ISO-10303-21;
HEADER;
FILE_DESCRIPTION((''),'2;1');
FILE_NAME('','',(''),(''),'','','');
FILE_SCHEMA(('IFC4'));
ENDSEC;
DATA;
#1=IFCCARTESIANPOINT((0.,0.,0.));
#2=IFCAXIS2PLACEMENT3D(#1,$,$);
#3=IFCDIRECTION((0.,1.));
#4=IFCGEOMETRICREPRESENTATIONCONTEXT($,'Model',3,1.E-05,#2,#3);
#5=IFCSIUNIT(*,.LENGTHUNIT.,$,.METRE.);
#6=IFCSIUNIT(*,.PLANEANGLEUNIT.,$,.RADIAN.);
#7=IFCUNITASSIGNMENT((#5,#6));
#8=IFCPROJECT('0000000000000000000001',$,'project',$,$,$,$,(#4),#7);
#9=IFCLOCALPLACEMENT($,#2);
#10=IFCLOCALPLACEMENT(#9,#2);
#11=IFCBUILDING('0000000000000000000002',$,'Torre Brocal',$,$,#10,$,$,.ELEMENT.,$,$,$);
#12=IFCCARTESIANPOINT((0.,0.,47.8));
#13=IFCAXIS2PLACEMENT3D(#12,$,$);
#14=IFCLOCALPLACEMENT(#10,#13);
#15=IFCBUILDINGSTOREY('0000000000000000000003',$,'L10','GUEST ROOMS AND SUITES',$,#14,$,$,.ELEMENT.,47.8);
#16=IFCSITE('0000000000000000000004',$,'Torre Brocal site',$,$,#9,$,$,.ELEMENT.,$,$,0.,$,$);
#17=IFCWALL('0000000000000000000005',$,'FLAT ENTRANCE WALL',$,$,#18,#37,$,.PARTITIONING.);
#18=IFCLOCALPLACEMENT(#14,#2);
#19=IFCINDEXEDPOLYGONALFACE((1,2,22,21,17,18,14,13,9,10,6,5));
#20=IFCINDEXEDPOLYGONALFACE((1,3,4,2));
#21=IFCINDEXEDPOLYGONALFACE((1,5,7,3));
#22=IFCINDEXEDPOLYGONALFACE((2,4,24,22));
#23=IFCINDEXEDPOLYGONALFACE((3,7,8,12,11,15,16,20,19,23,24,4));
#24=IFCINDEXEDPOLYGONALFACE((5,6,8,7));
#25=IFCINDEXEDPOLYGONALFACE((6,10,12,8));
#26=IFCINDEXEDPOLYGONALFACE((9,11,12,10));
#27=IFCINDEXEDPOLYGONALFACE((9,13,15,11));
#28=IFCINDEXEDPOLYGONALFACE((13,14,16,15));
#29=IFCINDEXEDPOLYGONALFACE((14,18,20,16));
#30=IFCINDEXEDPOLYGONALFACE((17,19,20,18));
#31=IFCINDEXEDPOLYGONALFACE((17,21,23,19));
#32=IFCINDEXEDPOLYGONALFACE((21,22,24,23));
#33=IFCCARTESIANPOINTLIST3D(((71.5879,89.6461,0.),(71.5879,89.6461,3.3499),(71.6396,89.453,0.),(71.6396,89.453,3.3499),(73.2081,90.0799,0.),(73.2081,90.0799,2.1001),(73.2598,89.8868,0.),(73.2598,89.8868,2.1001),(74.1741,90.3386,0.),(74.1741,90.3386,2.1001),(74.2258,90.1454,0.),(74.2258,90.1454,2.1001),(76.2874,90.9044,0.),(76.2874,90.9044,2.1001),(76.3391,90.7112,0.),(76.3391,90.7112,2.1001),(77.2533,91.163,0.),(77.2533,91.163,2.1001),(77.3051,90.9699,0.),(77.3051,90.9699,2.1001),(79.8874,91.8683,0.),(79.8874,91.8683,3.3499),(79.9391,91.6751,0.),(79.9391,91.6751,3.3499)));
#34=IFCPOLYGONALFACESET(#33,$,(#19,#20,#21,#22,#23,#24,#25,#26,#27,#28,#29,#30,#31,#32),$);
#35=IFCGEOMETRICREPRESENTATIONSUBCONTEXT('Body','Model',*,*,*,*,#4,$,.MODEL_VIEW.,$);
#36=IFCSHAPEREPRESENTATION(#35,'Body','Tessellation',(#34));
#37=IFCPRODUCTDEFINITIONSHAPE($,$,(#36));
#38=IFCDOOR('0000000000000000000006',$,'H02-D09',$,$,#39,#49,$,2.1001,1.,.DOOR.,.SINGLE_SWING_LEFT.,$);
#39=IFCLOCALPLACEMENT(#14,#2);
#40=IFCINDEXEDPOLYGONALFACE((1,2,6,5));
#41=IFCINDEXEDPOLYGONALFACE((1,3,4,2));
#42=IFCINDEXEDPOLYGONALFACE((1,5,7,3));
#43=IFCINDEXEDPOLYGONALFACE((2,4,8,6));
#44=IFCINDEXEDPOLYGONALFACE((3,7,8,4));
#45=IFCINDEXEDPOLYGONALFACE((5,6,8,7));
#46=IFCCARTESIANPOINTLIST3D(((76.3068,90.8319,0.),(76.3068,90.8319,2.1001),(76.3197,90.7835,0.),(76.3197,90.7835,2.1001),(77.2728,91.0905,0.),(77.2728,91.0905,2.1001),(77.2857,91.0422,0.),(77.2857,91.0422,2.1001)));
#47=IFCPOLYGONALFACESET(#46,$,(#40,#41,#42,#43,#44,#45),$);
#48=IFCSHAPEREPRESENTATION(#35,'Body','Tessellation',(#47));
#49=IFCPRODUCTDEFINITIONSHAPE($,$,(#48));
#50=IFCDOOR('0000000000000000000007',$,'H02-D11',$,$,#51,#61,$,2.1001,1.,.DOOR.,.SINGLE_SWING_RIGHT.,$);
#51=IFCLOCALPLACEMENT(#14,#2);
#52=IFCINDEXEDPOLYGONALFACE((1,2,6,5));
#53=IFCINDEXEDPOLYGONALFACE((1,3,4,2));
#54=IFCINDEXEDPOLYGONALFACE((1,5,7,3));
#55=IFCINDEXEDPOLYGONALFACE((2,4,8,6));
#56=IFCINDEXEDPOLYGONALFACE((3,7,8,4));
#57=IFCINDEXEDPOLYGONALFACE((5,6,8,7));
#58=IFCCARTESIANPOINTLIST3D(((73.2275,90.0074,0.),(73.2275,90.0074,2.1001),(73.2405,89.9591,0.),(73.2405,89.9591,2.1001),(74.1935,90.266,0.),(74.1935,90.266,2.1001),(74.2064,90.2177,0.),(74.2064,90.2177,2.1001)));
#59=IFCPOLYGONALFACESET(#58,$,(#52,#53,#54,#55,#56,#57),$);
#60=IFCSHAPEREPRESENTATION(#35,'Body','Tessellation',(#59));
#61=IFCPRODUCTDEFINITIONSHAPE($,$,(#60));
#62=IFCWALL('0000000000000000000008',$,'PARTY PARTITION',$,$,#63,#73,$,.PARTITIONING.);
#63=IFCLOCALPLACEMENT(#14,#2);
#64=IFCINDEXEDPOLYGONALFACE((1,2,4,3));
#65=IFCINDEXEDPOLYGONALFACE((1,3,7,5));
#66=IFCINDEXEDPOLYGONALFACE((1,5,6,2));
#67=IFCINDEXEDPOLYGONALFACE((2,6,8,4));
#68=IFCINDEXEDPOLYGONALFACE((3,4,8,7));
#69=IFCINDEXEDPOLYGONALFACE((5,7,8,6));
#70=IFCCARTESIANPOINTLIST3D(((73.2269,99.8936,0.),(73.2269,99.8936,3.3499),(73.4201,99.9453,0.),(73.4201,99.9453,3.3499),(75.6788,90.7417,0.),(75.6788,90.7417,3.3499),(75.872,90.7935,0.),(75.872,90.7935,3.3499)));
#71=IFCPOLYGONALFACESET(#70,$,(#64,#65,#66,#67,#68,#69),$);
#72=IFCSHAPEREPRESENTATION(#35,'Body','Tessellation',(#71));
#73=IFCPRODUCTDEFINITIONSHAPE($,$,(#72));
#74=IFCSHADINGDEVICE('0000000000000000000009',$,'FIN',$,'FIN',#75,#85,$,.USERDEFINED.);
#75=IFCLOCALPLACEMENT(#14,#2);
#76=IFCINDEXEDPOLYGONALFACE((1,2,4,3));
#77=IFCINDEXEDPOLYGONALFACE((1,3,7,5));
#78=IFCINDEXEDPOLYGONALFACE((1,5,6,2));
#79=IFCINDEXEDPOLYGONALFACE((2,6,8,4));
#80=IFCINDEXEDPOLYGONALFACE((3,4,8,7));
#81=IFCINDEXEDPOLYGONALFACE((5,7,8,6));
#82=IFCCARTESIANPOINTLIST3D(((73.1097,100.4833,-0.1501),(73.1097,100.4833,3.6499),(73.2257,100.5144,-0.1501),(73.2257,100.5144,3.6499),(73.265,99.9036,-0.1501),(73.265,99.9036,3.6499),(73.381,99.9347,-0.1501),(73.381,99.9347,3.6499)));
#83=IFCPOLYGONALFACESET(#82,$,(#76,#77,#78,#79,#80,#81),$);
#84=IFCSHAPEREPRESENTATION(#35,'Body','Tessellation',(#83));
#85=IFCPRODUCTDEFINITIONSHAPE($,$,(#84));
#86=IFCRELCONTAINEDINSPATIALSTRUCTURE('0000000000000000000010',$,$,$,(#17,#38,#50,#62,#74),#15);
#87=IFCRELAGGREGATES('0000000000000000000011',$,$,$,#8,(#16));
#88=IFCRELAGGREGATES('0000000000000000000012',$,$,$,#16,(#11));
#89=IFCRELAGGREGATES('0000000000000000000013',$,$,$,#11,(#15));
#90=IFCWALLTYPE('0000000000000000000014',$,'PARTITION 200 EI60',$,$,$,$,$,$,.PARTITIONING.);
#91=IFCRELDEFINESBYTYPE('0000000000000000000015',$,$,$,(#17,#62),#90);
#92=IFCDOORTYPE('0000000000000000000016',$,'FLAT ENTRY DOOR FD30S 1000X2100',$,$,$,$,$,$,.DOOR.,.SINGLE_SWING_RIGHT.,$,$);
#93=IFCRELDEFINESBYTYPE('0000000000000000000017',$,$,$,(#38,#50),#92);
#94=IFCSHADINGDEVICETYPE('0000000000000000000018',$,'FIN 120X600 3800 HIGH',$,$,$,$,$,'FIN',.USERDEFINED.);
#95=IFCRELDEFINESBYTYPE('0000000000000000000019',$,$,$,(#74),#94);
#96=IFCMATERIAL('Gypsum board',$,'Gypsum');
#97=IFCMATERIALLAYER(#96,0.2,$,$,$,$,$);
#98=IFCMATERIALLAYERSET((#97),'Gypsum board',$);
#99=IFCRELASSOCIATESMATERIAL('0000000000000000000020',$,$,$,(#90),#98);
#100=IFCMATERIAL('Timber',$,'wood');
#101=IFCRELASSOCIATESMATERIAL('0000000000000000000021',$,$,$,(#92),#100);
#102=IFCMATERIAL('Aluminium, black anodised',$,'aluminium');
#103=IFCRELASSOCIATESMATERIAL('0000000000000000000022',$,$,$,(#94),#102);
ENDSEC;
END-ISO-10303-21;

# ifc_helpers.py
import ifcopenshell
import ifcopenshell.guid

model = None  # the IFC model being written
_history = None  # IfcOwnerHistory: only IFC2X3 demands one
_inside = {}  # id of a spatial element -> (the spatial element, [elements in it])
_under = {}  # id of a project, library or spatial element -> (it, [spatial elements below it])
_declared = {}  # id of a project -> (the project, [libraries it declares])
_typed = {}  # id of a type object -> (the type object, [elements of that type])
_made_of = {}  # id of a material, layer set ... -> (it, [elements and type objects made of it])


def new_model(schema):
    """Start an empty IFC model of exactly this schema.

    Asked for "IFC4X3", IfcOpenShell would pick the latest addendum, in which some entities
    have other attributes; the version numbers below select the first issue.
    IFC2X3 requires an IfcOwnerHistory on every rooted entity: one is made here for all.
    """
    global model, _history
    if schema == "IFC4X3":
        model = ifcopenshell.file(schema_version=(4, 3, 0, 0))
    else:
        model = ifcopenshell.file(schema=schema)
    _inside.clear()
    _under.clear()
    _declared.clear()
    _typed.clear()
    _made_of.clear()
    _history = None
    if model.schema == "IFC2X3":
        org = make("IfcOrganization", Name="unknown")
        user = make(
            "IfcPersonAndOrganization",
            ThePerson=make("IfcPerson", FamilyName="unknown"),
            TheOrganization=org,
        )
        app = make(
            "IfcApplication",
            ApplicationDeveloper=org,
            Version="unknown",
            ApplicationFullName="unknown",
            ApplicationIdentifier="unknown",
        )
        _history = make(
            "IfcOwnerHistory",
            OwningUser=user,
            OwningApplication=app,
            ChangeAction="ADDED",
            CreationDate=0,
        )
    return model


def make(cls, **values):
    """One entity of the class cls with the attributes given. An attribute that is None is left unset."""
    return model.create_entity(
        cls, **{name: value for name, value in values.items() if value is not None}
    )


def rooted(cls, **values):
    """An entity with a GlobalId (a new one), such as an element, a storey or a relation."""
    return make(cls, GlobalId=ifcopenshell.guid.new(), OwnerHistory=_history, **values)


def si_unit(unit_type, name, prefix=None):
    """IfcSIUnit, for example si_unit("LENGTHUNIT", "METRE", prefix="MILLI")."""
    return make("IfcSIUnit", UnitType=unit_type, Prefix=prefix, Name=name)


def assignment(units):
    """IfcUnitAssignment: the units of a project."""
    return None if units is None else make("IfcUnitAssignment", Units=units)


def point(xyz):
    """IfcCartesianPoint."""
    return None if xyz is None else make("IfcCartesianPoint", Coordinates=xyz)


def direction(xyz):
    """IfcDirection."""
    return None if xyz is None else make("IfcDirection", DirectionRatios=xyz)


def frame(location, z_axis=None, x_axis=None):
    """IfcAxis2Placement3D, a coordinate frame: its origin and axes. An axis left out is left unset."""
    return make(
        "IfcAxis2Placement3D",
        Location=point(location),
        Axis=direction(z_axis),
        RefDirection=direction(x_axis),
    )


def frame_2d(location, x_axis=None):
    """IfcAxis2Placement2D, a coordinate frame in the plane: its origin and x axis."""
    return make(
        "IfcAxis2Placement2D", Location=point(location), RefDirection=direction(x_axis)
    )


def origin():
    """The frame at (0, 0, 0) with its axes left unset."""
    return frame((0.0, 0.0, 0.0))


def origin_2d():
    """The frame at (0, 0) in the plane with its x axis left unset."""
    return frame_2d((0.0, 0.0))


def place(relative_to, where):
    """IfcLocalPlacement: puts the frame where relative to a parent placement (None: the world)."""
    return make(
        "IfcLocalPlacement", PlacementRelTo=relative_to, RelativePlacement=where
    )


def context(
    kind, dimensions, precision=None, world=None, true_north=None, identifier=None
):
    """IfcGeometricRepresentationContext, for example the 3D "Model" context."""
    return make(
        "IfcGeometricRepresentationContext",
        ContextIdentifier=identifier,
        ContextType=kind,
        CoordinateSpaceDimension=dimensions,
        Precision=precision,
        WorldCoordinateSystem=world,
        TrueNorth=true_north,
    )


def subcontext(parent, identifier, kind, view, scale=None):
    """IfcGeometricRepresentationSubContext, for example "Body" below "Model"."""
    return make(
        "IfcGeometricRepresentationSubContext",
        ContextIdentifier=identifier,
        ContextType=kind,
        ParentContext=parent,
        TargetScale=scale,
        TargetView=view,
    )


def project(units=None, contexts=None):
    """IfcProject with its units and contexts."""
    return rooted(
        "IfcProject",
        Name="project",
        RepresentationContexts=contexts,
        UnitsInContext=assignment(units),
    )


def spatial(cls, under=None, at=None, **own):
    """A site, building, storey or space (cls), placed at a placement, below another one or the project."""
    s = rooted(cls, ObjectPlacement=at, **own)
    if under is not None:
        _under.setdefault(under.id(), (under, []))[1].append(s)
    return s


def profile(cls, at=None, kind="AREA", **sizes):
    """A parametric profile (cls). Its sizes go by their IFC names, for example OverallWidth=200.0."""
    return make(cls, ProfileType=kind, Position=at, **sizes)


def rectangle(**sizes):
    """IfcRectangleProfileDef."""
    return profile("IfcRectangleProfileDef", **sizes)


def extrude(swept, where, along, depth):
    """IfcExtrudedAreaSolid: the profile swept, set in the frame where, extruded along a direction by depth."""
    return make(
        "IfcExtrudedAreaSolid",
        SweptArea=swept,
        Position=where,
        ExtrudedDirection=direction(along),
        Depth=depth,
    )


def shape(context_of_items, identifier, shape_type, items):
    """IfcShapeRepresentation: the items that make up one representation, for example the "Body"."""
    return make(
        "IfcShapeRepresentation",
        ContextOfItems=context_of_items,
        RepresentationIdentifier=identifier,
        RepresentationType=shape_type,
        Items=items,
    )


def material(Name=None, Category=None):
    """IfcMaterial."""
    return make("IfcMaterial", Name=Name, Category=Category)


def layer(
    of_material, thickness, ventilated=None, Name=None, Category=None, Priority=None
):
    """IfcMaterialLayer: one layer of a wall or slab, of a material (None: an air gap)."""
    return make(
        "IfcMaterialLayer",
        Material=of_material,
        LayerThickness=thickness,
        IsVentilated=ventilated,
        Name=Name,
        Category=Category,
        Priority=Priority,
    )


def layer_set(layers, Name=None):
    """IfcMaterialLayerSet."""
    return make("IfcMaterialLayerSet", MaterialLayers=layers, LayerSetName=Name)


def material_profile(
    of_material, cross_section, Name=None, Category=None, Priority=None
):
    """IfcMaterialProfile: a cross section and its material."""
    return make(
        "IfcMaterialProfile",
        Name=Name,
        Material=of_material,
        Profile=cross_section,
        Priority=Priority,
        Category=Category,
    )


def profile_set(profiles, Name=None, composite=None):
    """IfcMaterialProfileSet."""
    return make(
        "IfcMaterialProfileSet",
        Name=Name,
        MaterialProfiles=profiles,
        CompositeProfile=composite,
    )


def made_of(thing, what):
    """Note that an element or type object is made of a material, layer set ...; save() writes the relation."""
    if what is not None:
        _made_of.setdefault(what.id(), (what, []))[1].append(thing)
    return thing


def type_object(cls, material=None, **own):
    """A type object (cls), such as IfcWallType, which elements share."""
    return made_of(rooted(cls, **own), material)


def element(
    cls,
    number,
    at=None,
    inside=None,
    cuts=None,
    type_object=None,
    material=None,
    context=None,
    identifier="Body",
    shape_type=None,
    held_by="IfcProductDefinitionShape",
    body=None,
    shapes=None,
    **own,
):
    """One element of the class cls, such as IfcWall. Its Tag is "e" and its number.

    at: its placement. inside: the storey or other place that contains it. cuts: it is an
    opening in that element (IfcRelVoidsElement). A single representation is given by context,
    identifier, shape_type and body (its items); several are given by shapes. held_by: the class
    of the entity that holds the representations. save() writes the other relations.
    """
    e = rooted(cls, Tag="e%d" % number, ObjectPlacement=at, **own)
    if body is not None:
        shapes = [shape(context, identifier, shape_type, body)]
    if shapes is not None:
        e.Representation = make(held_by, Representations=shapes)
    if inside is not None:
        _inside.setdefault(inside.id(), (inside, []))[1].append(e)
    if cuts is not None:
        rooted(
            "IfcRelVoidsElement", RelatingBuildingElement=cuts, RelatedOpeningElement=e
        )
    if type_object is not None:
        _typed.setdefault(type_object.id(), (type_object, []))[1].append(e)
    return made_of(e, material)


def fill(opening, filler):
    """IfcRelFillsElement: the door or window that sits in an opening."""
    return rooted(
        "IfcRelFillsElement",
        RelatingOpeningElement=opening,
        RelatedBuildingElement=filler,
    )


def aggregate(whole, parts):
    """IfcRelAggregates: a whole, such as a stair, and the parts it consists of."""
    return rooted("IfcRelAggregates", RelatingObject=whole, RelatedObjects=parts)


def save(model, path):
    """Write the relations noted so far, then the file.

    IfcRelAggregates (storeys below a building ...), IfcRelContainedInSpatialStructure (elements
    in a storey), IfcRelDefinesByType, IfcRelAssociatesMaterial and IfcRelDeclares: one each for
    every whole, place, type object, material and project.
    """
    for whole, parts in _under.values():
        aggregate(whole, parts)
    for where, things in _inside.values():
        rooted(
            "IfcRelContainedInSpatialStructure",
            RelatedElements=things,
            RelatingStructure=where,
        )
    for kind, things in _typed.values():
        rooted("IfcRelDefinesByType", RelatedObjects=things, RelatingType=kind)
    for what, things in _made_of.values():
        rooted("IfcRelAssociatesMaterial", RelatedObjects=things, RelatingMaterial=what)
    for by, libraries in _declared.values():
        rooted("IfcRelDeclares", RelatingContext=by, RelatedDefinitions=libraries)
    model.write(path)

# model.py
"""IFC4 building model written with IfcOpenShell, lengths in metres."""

from ifc_helpers import new_model, si_unit, direction, frame, frame_2d, origin, origin_2d, place, context, subcontext, project, spatial, rectangle, extrude, material, layer, layer_set, material_profile, profile_set, type_object, element, fill, save


model = new_model("IFC4")

# Units and contexts
model_context = context("Model", 3, precision=1e-05, world=origin(), true_north=direction((0.0, 1.0)))
body_context = subcontext(model_context, "Body", "Model", "MODEL_VIEW")
ifc_project = project(units=[si_unit("LENGTHUNIT", "METRE"), si_unit("PLANEANGLEUNIT", "RADIAN")], contexts=[model_context])

# Site, building, storey
site_placement = place(None, origin())
site = spatial("IfcSite", under=ifc_project, at=site_placement, Name="Torre Brocal site", CompositionType="ELEMENT", RefElevation=0.0)
building_placement = place(site_placement, origin())
building = spatial("IfcBuilding", under=site, at=building_placement, Name="Torre Brocal", CompositionType="ELEMENT")
storey_placement = place(building_placement, frame((0.0, 0.0, 47.8)))
storey = spatial("IfcBuildingStorey", under=building, at=storey_placement, Name="L10", Description="GUEST ROOMS AND SUITES", CompositionType="ELEMENT", Elevation=47.8)

# Wall, openings, doors
ifc_material_1 = material(Name="Gypsum board", Category="Gypsum")
ifc_layer_1 = layer(ifc_material_1, 0.2)
ifc_layer_set_1 = layer_set([ifc_layer_1], Name="Gypsum board")
wall_type_1 = type_object("IfcWallType", Name="PARTITION 200 EI60", PredefinedType="PARTITIONING", material=ifc_layer_set_1)
wall_1_placement = place(storey_placement, frame((71.6138, 89.5496, 0.0), z_axis=(0.0, 0.0, 1.0), x_axis=(0.965975, 0.258635, 0.0)))
wall_1 = element("IfcWall", 1, at=wall_1_placement, inside=storey, type_object=wall_type_1, Name="FLAT ENTRANCE WALL", PredefinedType="PARTITIONING", context=body_context, shape_type="SweptSolid", body=[
    extrude(rectangle(XDim=8.5918, YDim=0.2, at=frame_2d((4.2959, 0.0))), origin(), (0.0, 0.0, 1.0), 3.3499),
])
opening_1_placement = place(wall_1_placement, frame((4.865, 0.0, 0.0)))
opening_1 = element("IfcOpeningElement", 2, at=opening_1_placement, cuts=wall_1, PredefinedType="OPENING", context=body_context, shape_type="SweptSolid", body=[
    extrude(rectangle(XDim=1.0, YDim=2.1001, at=frame_2d((0.5, 1.05))), frame((0.0, 0.1099, 0.0), z_axis=(0.0, -1.0, 0.0), x_axis=(1.0, 0.0, 0.0)), (0.0, 0.0, 1.0), 0.22),
])
opening_2_placement = place(wall_1_placement, frame((1.6772, 0.0, 0.0)))
opening_2 = element("IfcOpeningElement", 3, at=opening_2_placement, cuts=wall_1, PredefinedType="OPENING", context=body_context, shape_type="SweptSolid", body=[
    extrude(rectangle(XDim=1.0, YDim=2.1001, at=frame_2d((0.5, 1.05))), frame((0.0, 0.1099, 0.0), z_axis=(0.0, -1.0, 0.0), x_axis=(1.0, 0.0, 0.0)), (0.0, 0.0, 1.0), 0.22),
])
ifc_material_2 = material(Name="Timber", Category="wood")
door_type_1 = type_object("IfcDoorType", Name="FLAT ENTRY DOOR FD30S 1000X2100", OperationType="SINGLE_SWING_RIGHT", PredefinedType="DOOR", material=ifc_material_2)
door_1_placement = place(opening_1_placement, origin())
door_1 = element("IfcDoor", 4, at=door_1_placement, inside=storey, type_object=door_type_1, Name="H02-D09", OperationType="SINGLE_SWING_LEFT", OverallHeight=2.1001, OverallWidth=1.0, PredefinedType="DOOR", context=body_context, shape_type="SweptSolid", body=[
    extrude(rectangle(XDim=1.0, YDim=2.1001, at=frame_2d((0.5, 1.05))), frame((0.0, 0.0249, 0.0), z_axis=(0.0, -1.0, 0.0), x_axis=(1.0, 0.0, 0.0)), (0.0, 0.0, 1.0), 0.05),
])
fill(opening_1, door_1)
door_2_placement = place(opening_2_placement, origin())
door_2 = element("IfcDoor", 5, at=door_2_placement, inside=storey, type_object=door_type_1, Name="H02-D11", OperationType="SINGLE_SWING_RIGHT", OverallHeight=2.1001, OverallWidth=1.0, PredefinedType="DOOR", context=body_context, shape_type="SweptSolid", body=[
    extrude(rectangle(XDim=1.0, YDim=2.1001, at=frame_2d((0.5, 1.05))), frame((0.0, 0.0249, 0.0), z_axis=(0.0, -1.0, 0.0), x_axis=(1.0, 0.0, 0.0)), (0.0, 0.0, 1.0), 0.05),
])
fill(opening_2, door_2)

# Wall
wall_2_placement = place(storey_placement, frame((73.3235, 99.9194, 0.0), z_axis=(0.0, 0.0, 1.0), x_axis=(0.258787, -0.965934, 0.0)))
element("IfcWall", 6, at=wall_2_placement, inside=storey, type_object=wall_type_1, Name="PARTY PARTITION", PredefinedType="PARTITIONING", context=body_context, shape_type="SweptSolid", body=[
    extrude(rectangle(XDim=9.4746, YDim=0.2, at=frame_2d((4.7373, 0.0))), origin(), (0.0, 0.0, 1.0), 3.3499),
])

# Shading device
ifc_material_3 = material(Name="Aluminium, black anodised", Category="aluminium")
ifc_material_profile_1 = material_profile(ifc_material_3, rectangle(XDim=0.1201, YDim=0.6001, at=origin_2d()), Name="FIN 120X600 3800 HIGH")
ifc_profile_set_1 = profile_set([ifc_material_profile_1], Name="Aluminium, black anodised")
shading_device_type = type_object("IfcShadingDeviceType", Name="FIN 120X600 3800 HIGH", ElementType="FIN", PredefinedType="USERDEFINED", material=ifc_profile_set_1)
shading_device_placement = place(storey_placement, frame((73.2454, 100.209, -0.1501), z_axis=(0.0, 0.0, 1.0), x_axis=(-0.965926, -0.258819, 0.0)))
element("IfcShadingDevice", 7, at=shading_device_placement, inside=storey, type_object=shading_device_type, Name="FIN", ObjectType="FIN", PredefinedType="USERDEFINED", context=body_context, shape_type="SweptSolid", body=[
    extrude(rectangle(XDim=0.1201, YDim=0.6001, at=origin_2d()), origin(), (0.0, 0.0, 1.0), 3.8),
])

save(model, "model.ifc")
